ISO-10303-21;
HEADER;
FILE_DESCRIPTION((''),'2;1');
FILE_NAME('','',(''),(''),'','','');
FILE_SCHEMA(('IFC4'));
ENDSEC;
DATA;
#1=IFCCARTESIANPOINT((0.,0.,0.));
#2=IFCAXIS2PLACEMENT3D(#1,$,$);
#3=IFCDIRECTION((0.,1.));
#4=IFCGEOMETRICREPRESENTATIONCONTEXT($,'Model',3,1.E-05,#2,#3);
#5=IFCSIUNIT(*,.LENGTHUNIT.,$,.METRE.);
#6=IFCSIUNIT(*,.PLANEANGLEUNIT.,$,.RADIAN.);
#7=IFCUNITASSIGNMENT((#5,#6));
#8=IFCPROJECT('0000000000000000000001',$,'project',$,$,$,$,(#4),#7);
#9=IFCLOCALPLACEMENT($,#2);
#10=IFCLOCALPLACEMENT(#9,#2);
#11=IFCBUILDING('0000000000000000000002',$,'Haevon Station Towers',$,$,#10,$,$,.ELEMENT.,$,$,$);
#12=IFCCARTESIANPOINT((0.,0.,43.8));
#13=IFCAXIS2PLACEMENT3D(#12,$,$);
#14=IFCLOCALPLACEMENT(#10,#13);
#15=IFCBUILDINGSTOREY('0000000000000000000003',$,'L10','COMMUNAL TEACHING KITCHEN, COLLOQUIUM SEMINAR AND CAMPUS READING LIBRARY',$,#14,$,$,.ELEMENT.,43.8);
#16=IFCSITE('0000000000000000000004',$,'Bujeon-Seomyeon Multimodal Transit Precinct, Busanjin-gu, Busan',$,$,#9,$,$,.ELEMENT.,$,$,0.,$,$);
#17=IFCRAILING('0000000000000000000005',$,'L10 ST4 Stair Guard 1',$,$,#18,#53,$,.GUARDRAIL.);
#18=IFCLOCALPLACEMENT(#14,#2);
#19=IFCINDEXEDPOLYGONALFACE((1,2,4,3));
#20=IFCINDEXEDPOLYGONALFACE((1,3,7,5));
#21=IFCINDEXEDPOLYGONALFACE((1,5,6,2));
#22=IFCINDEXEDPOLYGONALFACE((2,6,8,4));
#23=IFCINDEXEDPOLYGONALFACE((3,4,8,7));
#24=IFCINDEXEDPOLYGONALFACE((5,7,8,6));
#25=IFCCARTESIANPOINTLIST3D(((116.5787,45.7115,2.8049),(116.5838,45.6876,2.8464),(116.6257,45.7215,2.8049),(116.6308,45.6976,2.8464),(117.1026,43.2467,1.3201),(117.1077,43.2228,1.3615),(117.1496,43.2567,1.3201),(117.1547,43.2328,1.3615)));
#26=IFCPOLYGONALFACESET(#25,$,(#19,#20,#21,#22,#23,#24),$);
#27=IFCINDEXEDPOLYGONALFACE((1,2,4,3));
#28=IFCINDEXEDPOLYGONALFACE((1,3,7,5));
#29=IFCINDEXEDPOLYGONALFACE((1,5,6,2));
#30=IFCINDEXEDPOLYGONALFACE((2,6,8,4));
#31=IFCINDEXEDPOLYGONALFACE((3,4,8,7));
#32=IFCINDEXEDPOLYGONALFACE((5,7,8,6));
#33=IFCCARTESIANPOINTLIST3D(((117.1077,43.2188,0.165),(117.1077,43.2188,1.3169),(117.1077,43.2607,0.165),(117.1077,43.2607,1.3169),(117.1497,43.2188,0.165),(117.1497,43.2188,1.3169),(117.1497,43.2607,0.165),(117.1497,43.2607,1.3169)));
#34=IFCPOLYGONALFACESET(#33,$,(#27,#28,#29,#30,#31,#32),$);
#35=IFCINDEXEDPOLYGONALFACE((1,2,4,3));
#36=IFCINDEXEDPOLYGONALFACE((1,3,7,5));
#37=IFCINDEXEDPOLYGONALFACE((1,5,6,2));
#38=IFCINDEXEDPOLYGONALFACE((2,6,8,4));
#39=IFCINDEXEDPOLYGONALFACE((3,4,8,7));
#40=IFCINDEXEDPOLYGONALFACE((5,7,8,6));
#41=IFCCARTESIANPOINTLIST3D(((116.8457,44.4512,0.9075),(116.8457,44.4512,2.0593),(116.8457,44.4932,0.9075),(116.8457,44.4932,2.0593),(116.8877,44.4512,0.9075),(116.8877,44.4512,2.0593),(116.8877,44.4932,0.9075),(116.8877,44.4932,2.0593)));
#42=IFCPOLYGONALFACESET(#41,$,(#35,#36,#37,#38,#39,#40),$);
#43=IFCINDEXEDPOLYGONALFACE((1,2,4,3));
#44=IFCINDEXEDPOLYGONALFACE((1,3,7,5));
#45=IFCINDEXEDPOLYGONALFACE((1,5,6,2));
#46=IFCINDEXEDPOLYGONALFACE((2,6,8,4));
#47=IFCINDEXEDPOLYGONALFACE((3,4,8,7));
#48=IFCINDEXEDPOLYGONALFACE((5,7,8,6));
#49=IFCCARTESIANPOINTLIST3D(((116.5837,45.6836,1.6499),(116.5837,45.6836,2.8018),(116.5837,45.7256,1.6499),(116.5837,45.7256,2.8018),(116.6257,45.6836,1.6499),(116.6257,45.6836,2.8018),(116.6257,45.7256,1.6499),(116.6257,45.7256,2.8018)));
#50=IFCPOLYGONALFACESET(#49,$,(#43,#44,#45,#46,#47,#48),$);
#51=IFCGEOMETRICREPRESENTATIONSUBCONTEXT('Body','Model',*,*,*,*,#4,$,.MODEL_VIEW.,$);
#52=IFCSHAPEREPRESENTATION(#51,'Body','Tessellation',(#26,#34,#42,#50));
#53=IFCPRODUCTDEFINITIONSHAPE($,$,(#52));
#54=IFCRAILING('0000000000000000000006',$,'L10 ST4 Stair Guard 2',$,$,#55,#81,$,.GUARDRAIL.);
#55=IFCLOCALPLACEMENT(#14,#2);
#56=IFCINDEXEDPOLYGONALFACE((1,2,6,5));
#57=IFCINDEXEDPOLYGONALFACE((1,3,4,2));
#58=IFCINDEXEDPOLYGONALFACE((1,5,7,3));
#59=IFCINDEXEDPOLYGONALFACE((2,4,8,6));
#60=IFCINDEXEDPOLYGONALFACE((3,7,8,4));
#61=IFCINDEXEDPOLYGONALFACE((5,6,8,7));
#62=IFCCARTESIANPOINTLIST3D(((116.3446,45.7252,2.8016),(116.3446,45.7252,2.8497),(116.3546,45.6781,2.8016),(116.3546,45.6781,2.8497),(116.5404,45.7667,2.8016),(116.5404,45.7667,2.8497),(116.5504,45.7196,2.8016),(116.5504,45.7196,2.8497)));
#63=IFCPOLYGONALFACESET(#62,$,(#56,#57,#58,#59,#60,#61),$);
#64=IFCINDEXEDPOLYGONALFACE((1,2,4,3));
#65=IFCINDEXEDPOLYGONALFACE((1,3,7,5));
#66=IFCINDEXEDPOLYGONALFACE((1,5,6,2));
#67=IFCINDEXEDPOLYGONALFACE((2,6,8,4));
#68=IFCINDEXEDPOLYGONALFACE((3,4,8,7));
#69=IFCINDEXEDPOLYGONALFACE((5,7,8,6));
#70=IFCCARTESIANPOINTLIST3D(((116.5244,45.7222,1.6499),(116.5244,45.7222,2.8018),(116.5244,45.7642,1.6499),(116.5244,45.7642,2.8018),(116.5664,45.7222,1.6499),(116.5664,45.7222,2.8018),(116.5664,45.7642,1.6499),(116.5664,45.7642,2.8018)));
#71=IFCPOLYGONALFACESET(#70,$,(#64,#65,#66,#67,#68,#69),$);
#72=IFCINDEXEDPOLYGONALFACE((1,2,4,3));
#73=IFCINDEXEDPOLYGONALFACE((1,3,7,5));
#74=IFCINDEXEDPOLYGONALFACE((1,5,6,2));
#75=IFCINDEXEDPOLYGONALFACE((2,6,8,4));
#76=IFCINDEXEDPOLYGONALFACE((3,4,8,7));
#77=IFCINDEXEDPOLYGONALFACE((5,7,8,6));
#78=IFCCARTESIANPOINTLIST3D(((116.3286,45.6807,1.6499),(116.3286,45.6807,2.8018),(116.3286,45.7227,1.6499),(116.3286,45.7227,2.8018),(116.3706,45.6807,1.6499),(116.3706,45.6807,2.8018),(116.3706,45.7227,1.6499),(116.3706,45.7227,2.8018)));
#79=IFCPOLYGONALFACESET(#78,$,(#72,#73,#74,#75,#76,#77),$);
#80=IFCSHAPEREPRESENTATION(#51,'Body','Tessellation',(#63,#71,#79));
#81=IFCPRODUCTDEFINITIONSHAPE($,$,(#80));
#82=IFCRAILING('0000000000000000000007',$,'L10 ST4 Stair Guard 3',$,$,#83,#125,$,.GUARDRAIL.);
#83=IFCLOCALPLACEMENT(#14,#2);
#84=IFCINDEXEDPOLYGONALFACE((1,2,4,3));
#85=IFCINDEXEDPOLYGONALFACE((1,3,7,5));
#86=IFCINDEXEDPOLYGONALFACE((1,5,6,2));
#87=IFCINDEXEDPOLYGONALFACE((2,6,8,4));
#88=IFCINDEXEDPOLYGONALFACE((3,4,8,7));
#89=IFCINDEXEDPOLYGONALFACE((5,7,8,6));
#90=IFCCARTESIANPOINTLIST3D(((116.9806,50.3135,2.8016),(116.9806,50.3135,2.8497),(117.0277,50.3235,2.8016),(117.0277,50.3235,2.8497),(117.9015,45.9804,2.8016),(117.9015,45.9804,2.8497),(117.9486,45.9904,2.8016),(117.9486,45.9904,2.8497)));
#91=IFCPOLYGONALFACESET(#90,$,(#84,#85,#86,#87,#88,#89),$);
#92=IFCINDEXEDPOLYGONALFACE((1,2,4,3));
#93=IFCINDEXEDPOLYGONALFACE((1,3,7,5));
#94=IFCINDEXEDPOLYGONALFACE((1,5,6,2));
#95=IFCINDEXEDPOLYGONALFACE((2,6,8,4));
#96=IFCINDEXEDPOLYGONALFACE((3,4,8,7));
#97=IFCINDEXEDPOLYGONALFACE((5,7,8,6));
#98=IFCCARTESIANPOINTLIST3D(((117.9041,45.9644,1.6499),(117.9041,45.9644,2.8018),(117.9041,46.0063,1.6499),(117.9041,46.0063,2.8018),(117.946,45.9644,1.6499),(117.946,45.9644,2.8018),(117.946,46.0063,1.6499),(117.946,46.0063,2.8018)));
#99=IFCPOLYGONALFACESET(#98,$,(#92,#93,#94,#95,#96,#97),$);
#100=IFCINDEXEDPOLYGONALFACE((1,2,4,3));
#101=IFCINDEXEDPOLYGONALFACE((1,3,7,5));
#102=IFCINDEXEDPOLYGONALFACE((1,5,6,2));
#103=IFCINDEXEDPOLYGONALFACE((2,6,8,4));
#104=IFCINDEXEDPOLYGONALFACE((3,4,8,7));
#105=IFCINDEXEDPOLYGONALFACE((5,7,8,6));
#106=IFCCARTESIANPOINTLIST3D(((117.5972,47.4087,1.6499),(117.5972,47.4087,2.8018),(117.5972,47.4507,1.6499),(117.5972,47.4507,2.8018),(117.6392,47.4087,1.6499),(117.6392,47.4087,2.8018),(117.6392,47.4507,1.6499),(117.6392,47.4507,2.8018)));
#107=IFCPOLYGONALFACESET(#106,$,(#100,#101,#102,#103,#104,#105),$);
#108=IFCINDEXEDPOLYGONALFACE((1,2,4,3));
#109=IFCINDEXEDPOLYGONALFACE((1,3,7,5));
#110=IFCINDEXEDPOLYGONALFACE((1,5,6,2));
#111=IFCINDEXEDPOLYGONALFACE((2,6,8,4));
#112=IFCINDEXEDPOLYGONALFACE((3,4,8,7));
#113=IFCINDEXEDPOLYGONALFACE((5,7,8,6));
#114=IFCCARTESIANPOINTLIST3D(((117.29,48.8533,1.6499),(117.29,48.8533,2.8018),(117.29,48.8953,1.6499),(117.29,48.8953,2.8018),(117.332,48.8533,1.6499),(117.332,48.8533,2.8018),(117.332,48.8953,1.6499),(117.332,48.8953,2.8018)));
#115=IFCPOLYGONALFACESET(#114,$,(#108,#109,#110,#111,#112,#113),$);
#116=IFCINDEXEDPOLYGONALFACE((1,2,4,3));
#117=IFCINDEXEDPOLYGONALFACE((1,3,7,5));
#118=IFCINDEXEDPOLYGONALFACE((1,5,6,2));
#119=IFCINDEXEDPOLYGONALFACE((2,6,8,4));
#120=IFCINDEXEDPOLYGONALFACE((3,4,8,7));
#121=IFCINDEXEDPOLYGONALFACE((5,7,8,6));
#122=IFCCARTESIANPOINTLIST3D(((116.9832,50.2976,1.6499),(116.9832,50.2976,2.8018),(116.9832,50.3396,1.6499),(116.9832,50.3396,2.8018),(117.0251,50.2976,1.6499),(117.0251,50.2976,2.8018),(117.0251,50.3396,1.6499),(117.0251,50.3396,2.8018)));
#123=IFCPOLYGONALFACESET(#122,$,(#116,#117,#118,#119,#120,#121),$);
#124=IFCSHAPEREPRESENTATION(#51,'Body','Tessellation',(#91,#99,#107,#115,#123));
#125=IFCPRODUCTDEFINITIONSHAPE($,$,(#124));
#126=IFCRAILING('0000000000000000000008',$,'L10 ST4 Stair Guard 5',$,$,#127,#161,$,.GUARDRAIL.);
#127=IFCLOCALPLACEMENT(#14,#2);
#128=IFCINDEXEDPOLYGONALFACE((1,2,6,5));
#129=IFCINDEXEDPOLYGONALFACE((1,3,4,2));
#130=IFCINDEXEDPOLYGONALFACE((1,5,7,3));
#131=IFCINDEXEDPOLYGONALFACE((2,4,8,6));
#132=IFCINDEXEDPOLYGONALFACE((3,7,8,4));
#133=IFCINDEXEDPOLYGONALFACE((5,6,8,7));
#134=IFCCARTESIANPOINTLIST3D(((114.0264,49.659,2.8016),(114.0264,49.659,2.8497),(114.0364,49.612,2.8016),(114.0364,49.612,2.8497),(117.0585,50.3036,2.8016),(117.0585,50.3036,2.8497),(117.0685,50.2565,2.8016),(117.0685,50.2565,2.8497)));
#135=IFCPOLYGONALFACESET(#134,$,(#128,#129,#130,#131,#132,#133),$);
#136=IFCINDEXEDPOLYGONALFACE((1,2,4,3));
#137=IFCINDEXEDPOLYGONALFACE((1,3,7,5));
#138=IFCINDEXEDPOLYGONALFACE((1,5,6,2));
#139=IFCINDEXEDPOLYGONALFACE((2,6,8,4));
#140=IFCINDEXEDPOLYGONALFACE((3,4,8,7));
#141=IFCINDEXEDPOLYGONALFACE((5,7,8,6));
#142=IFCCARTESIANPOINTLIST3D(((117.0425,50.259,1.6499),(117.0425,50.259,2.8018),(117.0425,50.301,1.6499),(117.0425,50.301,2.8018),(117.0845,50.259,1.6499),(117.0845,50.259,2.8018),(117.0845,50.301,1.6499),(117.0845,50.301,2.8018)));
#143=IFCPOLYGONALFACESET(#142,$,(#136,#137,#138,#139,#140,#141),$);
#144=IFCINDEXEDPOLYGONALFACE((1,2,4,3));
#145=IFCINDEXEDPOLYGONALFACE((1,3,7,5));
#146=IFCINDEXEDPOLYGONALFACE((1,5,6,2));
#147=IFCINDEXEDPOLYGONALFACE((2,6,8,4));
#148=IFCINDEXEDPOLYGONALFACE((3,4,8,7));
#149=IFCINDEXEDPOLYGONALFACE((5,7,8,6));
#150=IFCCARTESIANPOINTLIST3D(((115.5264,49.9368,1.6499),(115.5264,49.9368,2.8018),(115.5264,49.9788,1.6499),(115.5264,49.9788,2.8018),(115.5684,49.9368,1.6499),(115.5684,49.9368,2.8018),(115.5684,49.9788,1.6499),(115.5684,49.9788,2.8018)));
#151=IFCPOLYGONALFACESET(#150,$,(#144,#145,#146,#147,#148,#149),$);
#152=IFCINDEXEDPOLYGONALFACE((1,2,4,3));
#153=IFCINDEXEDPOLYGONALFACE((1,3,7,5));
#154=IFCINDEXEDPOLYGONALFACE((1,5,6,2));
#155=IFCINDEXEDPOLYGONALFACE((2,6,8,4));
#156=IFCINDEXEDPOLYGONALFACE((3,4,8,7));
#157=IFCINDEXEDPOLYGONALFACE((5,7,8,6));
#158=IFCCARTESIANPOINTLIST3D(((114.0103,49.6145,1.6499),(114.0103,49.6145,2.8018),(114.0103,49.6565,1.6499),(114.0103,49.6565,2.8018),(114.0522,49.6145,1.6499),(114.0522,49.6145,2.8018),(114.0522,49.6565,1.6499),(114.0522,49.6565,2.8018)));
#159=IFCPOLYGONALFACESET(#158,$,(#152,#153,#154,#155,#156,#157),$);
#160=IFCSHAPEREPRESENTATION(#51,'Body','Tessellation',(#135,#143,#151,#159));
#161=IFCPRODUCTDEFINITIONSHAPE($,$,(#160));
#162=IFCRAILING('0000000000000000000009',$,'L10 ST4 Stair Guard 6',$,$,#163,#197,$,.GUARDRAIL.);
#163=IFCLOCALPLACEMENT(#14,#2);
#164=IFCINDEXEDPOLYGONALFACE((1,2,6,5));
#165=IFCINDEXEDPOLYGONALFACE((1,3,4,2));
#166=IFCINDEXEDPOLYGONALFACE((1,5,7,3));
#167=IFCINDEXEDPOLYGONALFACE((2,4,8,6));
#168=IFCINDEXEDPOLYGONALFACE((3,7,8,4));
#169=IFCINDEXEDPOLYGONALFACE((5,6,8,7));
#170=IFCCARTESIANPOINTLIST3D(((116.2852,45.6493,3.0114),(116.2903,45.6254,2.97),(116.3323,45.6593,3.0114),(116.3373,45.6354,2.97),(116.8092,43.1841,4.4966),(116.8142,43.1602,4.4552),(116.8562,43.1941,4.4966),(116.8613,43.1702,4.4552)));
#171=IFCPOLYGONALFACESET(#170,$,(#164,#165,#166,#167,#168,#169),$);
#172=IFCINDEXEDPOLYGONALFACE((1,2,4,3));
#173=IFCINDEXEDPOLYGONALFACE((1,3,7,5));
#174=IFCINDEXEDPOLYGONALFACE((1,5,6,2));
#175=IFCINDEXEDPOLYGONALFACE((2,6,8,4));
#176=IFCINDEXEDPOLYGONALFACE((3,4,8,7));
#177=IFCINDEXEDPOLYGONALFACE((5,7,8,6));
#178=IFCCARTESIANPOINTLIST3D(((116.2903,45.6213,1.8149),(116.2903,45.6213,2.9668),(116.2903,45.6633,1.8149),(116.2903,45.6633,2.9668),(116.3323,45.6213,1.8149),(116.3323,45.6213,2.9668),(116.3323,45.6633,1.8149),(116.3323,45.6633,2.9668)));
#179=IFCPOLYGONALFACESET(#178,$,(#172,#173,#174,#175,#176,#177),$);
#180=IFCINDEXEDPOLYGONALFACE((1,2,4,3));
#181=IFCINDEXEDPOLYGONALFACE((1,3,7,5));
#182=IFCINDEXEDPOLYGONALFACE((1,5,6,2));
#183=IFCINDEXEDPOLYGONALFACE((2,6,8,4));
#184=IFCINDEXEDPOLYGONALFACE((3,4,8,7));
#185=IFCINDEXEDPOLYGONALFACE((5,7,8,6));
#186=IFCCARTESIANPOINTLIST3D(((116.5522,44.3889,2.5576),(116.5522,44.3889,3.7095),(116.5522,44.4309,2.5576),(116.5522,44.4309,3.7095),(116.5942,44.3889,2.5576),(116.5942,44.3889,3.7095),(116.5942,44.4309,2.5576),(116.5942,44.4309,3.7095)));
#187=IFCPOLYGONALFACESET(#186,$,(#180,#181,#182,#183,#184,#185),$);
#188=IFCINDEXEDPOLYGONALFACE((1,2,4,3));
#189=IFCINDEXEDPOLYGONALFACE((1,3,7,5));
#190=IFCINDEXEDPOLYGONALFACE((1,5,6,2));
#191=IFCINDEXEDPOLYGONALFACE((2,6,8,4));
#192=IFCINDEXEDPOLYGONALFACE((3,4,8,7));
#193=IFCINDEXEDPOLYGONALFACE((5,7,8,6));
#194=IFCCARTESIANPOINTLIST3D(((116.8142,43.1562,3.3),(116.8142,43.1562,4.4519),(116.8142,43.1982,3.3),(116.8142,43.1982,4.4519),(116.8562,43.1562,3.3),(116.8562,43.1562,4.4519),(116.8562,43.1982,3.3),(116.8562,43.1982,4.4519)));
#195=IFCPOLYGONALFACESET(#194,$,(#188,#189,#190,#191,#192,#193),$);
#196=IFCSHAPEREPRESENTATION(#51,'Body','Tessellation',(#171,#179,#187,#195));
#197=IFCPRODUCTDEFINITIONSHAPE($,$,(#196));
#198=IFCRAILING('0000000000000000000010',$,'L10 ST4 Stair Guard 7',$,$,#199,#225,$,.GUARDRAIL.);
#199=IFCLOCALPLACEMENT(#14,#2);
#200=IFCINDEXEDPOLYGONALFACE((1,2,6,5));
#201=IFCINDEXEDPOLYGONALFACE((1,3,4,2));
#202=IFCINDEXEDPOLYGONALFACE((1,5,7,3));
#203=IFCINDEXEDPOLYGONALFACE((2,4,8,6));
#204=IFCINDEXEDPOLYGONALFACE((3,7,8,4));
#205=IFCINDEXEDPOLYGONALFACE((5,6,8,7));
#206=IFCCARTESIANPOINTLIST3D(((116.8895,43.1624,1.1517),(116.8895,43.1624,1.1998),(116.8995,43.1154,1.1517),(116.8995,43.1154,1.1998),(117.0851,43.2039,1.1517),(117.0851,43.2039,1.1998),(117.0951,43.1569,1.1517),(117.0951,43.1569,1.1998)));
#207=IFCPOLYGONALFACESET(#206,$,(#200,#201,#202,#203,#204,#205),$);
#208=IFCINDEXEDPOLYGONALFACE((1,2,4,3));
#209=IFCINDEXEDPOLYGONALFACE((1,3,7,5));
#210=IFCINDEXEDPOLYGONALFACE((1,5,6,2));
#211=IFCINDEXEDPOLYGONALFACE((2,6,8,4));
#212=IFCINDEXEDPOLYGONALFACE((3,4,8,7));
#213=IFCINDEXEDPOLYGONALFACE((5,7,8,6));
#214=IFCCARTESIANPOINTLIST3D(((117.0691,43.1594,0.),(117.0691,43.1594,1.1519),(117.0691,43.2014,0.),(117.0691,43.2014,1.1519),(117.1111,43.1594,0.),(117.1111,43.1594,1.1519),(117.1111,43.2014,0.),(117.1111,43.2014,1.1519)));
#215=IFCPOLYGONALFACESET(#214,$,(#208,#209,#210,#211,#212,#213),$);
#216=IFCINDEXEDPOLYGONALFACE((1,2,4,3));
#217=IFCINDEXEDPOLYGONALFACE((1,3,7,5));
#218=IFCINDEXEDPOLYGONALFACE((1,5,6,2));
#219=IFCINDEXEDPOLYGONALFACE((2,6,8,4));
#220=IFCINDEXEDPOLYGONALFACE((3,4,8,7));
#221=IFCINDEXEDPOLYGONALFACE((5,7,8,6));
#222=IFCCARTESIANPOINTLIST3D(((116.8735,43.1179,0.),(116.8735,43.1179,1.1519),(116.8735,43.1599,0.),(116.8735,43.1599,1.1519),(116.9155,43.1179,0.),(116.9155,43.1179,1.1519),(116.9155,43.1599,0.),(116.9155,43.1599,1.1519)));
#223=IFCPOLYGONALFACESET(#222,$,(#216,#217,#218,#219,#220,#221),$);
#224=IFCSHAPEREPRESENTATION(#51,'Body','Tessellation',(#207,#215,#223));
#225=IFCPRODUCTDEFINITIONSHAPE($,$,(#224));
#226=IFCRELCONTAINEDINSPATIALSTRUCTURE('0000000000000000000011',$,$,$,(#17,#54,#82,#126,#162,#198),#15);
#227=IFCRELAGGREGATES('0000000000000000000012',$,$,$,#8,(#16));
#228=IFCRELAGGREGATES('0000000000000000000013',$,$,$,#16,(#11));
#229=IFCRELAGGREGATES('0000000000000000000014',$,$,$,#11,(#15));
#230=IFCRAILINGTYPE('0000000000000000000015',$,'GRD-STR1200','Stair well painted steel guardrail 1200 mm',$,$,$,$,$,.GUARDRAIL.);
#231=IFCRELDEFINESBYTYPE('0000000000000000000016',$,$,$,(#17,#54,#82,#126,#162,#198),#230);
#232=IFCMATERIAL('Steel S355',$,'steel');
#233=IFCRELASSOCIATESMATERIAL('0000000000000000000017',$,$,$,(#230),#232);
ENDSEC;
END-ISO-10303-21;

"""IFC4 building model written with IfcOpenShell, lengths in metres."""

from ifc_helpers import new_model, si_unit, direction, frame, origin, origin_2d, place, context, subcontext, project, spatial, rectangle, extrude, material, type_object, element, save


model = new_model("IFC4")

# Units and contexts
model_context = context("Model", 3, precision=1e-05, world=origin(), true_north=direction((0.0, 1.0)))
body_context = subcontext(model_context, "Body", "Model", "MODEL_VIEW")
ifc_project = project(units=[si_unit("LENGTHUNIT", "METRE"), si_unit("PLANEANGLEUNIT", "RADIAN")], contexts=[model_context])

# Site, building, storey
site_placement = place(None, origin())
site = spatial("IfcSite", under=ifc_project, at=site_placement, Name="Bujeon-Seomyeon Multimodal Transit Precinct, Busanjin-gu, Busan", CompositionType="ELEMENT", RefElevation=0.0)
building_placement = place(site_placement, origin())
building = spatial("IfcBuilding", under=site, at=building_placement, Name="Haevon Station Towers", CompositionType="ELEMENT")
storey_placement = place(building_placement, frame((0.0, 0.0, 43.8)))
storey = spatial("IfcBuildingStorey", under=building, at=storey_placement, Name="L10", Description="COMMUNAL TEACHING KITCHEN, COLLOQUIUM SEMINAR AND CAMPUS READING LIBRARY", CompositionType="ELEMENT", Elevation=43.8)

# Shared definitions
ifc_material_1 = material(Name="Steel S355", Category="steel")

# Railings
railing_type_1 = type_object("IfcRailingType", Name="GRD-STR1200", Description="Stair well painted steel guardrail 1200 mm", PredefinedType="GUARDRAIL", material=ifc_material_1)
railing_1_placement = place(storey_placement, frame((117.1287, 43.2397, 0.165)))
element("IfcRailing", 1, at=railing_1_placement, inside=storey, type_object=railing_type_1, Name="L10 ST4 Stair Guard 1", PredefinedType="GUARDRAIL", context=body_context, shape_type="SweptSolid", body=[
    extrude(rectangle(XDim=0.0481, YDim=0.0481, at=origin_2d()), frame((0.0, 0.0, 1.1758), z_axis=(-0.179129, 0.842724, 0.507671), x_axis=(-0.978147, -0.207914, 0.0)), (0.0, 0.0, 1.0), 2.9248),
    extrude(rectangle(XDim=0.042, YDim=0.042, at=origin_2d()), origin(), (0.0, 0.0, 1.0), 1.1519),
    extrude(rectangle(XDim=0.042, YDim=0.042, at=origin_2d()), frame((-0.262, 1.2324, 0.7424)), (0.0, 0.0, 1.0), 1.1519),
    extrude(rectangle(XDim=0.042, YDim=0.042, at=origin_2d()), frame((-0.5239, 2.4648, 1.4849)), (0.0, 0.0, 1.0), 1.1519),
])
railing_2_placement = place(storey_placement, frame((116.5454, 45.7432, 1.6499)))
element("IfcRailing", 2, at=railing_2_placement, inside=storey, type_object=railing_type_1, Name="L10 ST4 Stair Guard 2", PredefinedType="GUARDRAIL", context=body_context, shape_type="SweptSolid", body=[
    extrude(rectangle(XDim=0.0481, YDim=0.0481, at=origin_2d()), frame((0.0, 0.0, 1.1758), z_axis=(-0.978264, -0.207363, 0.0), x_axis=(0.207363, -0.978264, 0.0)), (0.0, 0.0, 1.0), 0.2002),
    extrude(rectangle(XDim=0.042, YDim=0.042, at=origin_2d()), origin(), (0.0, 0.0, 1.0), 1.1519),
    extrude(rectangle(XDim=0.042, YDim=0.042, at=origin_2d()), frame((-0.1958, -0.0415, 0.0)), (0.0, 0.0, 1.0), 1.1519),
])
railing_3_placement = place(storey_placement, frame((117.925, 45.9854, 1.6499)))
element("IfcRailing", 3, at=railing_3_placement, inside=storey, type_object=railing_type_1, Name="L10 ST4 Stair Guard 3", PredefinedType="GUARDRAIL", context=body_context, shape_type="SweptSolid", body=[
    extrude(rectangle(XDim=0.0481, YDim=0.0481, at=origin_2d()), frame((0.0, 0.0, 1.1758), z_axis=(-0.207877, 0.978155, 0.0), x_axis=(-0.978155, -0.207877, 0.0)), (0.0, 0.0, 1.0), 4.4299),
    extrude(rectangle(XDim=0.042, YDim=0.042, at=origin_2d()), origin(), (0.0, 0.0, 1.0), 1.1519),
    extrude(rectangle(XDim=0.042, YDim=0.042, at=origin_2d()), frame((-0.3069, 1.4443, 0.0)), (0.0, 0.0, 1.0), 1.1519),
    extrude(rectangle(XDim=0.042, YDim=0.042, at=origin_2d()), frame((-0.614, 2.8889, 0.0)), (0.0, 0.0, 1.0), 1.1519),
    extrude(rectangle(XDim=0.042, YDim=0.042, at=origin_2d()), frame((-0.9209, 4.3333, 0.0)), (0.0, 0.0, 1.0), 1.1519),
])
railing_4_placement = place(storey_placement, frame((117.0635, 50.28, 1.6499)))
element("IfcRailing", 4, at=railing_4_placement, inside=storey, type_object=railing_type_1, Name="L10 ST4 Stair Guard 5", PredefinedType="GUARDRAIL", context=body_context, shape_type="SweptSolid", body=[
    extrude(rectangle(XDim=0.0481, YDim=0.0481, at=origin_2d()), frame((0.0, 0.0, 1.1758), z_axis=(-0.978147, -0.207915, 0.0), x_axis=(0.207915, -0.978147, 0.0)), (0.0, 0.0, 1.0), 3.0999),
    extrude(rectangle(XDim=0.042, YDim=0.042, at=origin_2d()), origin(), (0.0, 0.0, 1.0), 1.1519),
    extrude(rectangle(XDim=0.042, YDim=0.042, at=origin_2d()), frame((-1.5161, -0.3223, 0.0)), (0.0, 0.0, 1.0), 1.1519),
    extrude(rectangle(XDim=0.042, YDim=0.042, at=origin_2d()), frame((-3.0322, -0.6445, 0.0)), (0.0, 0.0, 1.0), 1.1519),
])
railing_5_placement = place(storey_placement, frame((116.3113, 45.6423, 1.8149)))
element("IfcRailing", 5, at=railing_5_placement, inside=storey, type_object=railing_type_1, Name="L10 ST4 Stair Guard 6", PredefinedType="GUARDRAIL", context=body_context, shape_type="SweptSolid", body=[
    extrude(rectangle(XDim=0.0481, YDim=0.0481, at=origin_2d()), frame((0.0, 0.0, 1.1758), z_axis=(0.179109, -0.842712, 0.507697), x_axis=(0.978151, 0.207895, 0.0)), (0.0, 0.0, 1.0), 2.9253),
    extrude(rectangle(XDim=0.042, YDim=0.042, at=origin_2d()), origin(), (0.0, 0.0, 1.0), 1.1519),
    extrude(rectangle(XDim=0.042, YDim=0.042, at=origin_2d()), frame((0.262, -1.2324, 0.7427)), (0.0, 0.0, 1.0), 1.1519),
    extrude(rectangle(XDim=0.042, YDim=0.042, at=origin_2d()), frame((0.5239, -2.4651, 1.4851)), (0.0, 0.0, 1.0), 1.1519),
])
railing_6_placement = place(storey_placement, frame((117.0901, 43.1804, 0.0)))
element("IfcRailing", 6, at=railing_6_placement, inside=storey, type_object=railing_type_1, Name="L10 ST4 Stair Guard 7", PredefinedType="GUARDRAIL", context=body_context, shape_type="SweptSolid", body=[
    extrude(rectangle(XDim=0.0481, YDim=0.0481, at=origin_2d()), frame((0.0, 0.0, 1.1758), z_axis=(-0.978212, -0.20761, 0.0), x_axis=(0.20761, -0.978212, 0.0)), (0.0, 0.0, 1.0), 0.2),
    extrude(rectangle(XDim=0.042, YDim=0.042, at=origin_2d()), origin(), (0.0, 0.0, 1.0), 1.1519),
    extrude(rectangle(XDim=0.042, YDim=0.042, at=origin_2d()), frame((-0.1956, -0.0415, 0.0)), (0.0, 0.0, 1.0), 1.1519),
])

save(model, "model.ifc")
